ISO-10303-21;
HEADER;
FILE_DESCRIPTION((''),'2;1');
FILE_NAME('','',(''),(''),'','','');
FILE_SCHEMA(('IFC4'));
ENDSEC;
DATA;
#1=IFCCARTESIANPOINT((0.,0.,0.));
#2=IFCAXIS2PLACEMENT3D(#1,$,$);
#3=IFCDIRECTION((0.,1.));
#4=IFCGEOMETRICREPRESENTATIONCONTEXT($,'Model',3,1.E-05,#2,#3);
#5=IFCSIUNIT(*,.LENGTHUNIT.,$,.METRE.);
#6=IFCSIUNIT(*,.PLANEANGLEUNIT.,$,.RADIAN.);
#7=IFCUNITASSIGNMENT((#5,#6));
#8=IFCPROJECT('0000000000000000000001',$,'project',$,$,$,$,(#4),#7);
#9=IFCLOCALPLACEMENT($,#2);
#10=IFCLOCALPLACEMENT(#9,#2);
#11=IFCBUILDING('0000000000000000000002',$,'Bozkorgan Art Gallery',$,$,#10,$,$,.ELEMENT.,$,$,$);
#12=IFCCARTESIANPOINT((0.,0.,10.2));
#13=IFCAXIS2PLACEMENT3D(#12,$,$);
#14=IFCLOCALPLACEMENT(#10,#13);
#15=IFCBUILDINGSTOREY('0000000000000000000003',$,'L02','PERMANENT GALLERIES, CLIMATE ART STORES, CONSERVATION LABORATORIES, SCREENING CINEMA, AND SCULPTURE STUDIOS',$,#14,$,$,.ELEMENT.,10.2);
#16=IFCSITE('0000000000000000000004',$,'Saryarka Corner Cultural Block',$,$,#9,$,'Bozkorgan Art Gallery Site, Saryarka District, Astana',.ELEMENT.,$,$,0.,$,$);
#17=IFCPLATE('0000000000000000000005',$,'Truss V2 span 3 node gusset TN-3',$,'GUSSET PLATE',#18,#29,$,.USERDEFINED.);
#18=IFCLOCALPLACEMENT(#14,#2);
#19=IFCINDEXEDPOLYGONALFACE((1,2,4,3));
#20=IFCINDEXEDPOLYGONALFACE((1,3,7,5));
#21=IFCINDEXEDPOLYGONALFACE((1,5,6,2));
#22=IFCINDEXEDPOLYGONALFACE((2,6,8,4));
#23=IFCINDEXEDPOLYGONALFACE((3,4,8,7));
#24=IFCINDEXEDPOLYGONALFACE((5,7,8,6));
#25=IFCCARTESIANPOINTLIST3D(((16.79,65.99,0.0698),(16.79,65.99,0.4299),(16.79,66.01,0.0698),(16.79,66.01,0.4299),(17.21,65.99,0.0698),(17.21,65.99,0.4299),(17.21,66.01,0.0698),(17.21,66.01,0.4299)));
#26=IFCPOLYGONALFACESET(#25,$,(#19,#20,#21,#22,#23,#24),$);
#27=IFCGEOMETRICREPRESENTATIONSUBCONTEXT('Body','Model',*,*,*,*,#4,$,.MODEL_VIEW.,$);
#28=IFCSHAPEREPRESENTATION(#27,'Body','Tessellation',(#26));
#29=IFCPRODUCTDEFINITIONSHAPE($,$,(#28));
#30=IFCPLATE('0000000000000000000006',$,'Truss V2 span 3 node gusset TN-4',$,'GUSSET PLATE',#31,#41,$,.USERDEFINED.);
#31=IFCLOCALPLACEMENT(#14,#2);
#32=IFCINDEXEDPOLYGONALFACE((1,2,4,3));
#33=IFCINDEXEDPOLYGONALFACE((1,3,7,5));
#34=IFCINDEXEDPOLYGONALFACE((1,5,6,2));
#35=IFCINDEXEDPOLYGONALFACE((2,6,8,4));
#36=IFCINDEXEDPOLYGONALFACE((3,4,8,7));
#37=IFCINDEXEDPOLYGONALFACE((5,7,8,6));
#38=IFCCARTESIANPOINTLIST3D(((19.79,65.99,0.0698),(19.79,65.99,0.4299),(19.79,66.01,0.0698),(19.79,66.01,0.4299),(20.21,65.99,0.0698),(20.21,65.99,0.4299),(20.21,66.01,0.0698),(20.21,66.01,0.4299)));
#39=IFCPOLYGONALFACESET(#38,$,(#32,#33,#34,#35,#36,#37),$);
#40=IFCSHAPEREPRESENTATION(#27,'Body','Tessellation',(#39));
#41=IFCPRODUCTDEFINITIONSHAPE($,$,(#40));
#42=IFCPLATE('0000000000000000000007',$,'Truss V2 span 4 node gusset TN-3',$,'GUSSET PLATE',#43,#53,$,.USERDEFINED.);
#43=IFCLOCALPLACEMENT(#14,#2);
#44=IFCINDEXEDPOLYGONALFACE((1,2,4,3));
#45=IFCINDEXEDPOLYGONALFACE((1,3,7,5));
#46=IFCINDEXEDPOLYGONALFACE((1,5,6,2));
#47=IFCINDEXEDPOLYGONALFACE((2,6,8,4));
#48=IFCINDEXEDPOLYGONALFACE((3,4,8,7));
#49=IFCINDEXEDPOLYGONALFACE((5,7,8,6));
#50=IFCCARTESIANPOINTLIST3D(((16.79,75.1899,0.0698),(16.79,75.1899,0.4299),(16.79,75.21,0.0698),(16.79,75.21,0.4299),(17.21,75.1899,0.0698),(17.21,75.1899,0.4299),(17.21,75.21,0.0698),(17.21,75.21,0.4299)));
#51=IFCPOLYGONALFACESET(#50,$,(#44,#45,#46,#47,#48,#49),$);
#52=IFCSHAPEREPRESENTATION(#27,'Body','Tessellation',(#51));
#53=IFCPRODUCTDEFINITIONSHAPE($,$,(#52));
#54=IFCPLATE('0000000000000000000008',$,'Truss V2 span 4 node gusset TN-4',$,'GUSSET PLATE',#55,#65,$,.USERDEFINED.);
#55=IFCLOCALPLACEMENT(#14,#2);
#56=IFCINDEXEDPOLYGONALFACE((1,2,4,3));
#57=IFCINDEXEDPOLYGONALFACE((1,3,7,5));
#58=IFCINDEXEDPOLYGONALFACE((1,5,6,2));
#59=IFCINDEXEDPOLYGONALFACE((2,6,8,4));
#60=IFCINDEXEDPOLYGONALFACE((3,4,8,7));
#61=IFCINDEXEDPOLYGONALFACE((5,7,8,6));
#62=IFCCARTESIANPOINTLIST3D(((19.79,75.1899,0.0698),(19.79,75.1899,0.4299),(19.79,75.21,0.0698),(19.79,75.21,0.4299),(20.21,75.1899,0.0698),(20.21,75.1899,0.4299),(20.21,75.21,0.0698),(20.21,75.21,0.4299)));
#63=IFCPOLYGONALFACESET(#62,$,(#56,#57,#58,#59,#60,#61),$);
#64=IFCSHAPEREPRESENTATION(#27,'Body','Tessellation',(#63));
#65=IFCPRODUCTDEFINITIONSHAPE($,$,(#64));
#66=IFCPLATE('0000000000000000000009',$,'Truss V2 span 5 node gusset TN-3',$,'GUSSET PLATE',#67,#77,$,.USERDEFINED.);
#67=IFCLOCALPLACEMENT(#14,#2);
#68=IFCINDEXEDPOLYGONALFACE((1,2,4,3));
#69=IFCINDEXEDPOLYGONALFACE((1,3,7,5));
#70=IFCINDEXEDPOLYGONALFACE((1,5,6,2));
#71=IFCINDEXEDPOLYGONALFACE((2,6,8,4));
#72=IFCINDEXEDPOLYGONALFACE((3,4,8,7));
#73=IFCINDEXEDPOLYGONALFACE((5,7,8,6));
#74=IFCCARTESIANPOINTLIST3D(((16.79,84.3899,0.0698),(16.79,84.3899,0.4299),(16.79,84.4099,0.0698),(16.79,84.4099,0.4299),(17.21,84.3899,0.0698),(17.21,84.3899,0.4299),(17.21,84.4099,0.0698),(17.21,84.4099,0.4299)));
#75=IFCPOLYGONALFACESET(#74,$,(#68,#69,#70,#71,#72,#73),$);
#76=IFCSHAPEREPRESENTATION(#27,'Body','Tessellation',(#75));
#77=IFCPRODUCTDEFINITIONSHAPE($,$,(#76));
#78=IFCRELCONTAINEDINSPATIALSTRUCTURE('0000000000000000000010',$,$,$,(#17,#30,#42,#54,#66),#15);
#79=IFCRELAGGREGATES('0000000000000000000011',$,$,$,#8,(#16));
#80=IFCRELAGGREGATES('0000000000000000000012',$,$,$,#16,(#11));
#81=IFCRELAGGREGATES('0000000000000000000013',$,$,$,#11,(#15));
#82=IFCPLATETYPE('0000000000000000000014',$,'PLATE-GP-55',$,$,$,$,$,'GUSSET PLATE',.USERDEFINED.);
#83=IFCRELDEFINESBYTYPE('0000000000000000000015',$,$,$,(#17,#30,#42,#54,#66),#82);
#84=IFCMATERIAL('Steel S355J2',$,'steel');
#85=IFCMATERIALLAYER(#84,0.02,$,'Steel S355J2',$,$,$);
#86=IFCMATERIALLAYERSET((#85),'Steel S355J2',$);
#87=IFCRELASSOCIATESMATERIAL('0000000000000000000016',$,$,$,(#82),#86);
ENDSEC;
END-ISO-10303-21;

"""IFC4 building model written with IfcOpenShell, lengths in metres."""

from ifc_helpers import new_model, si_unit, direction, frame, origin, origin_2d, place, context, subcontext, project, spatial, rectangle, extrude, material, layer, layer_set, type_object, element, save


model = new_model("IFC4")

# Units and contexts
model_context = context("Model", 3, precision=1e-05, world=origin(), true_north=direction((0.0, 1.0)))
body_context = subcontext(model_context, "Body", "Model", "MODEL_VIEW")
ifc_project = project(units=[si_unit("LENGTHUNIT", "METRE"), si_unit("PLANEANGLEUNIT", "RADIAN")], contexts=[model_context])

# Site, building, storey
site_placement = place(None, origin())
site = spatial("IfcSite", under=ifc_project, at=site_placement, Name="Saryarka Corner Cultural Block", LongName="Bozkorgan Art Gallery Site, Saryarka District, Astana", CompositionType="ELEMENT", RefElevation=0.0)
building_placement = place(site_placement, origin())
building = spatial("IfcBuilding", under=site, at=building_placement, Name="Bozkorgan Art Gallery", CompositionType="ELEMENT")
storey_placement = place(building_placement, frame((0.0, 0.0, 10.2)))
storey = spatial("IfcBuildingStorey", under=building, at=storey_placement, Name="L02", Description="PERMANENT GALLERIES, CLIMATE ART STORES, CONSERVATION LABORATORIES, SCREENING CINEMA, AND SCULPTURE STUDIOS", CompositionType="ELEMENT", Elevation=10.2)

# Shared definitions
ifc_material = material(Name="Steel S355J2", Category="steel")

# Plates
ifc_layer_1 = layer(ifc_material, 0.02, Name="Steel S355J2")
ifc_layer_set_1 = layer_set([ifc_layer_1], Name="Steel S355J2")
plate_type_1 = type_object("IfcPlateType", Name="PLATE-GP-55", ElementType="GUSSET PLATE", PredefinedType="USERDEFINED", material=ifc_layer_set_1)
for number, where, z_axis, x_axis, name in (
    (1, (17.0, 66.0, 0.0698), (0.0, 0.0, 1.0), (1.0, 0.0, 0.0), "Truss V2 span 3 node gusset TN-3"),
    (2, (20.0, 66.0, 0.0698), (0.0, 0.0, 1.0), (1.0, 0.0, 0.0), "Truss V2 span 3 node gusset TN-4"),
    (3, (17.0, 75.2, 0.0698), (0.0, 0.0, 1.0), (1.0, 0.0, 0.0), "Truss V2 span 4 node gusset TN-3"),
    (4, (20.0, 75.2, 0.0698), (0.0, 0.0, 1.0), (1.0, 0.0, 0.0), "Truss V2 span 4 node gusset TN-4"),
    (5, (17.0, 84.3999, 0.0698), (0.0, 0.0, 1.0), (1.0, 0.0, 0.0), "Truss V2 span 5 node gusset TN-3"),
):
    element("IfcPlate", number, at=place(storey_placement, frame(where, z_axis=z_axis, x_axis=x_axis)), inside=storey, type_object=plate_type_1, Name=name, ObjectType="GUSSET PLATE", PredefinedType="USERDEFINED", context=body_context, shape_type="SweptSolid", body=[
        extrude(rectangle(XDim=0.4199, YDim=0.02, at=origin_2d()), origin(), (0.0, 0.0, 1.0), 0.3601),
    ])

save(model, "model.ifc")
